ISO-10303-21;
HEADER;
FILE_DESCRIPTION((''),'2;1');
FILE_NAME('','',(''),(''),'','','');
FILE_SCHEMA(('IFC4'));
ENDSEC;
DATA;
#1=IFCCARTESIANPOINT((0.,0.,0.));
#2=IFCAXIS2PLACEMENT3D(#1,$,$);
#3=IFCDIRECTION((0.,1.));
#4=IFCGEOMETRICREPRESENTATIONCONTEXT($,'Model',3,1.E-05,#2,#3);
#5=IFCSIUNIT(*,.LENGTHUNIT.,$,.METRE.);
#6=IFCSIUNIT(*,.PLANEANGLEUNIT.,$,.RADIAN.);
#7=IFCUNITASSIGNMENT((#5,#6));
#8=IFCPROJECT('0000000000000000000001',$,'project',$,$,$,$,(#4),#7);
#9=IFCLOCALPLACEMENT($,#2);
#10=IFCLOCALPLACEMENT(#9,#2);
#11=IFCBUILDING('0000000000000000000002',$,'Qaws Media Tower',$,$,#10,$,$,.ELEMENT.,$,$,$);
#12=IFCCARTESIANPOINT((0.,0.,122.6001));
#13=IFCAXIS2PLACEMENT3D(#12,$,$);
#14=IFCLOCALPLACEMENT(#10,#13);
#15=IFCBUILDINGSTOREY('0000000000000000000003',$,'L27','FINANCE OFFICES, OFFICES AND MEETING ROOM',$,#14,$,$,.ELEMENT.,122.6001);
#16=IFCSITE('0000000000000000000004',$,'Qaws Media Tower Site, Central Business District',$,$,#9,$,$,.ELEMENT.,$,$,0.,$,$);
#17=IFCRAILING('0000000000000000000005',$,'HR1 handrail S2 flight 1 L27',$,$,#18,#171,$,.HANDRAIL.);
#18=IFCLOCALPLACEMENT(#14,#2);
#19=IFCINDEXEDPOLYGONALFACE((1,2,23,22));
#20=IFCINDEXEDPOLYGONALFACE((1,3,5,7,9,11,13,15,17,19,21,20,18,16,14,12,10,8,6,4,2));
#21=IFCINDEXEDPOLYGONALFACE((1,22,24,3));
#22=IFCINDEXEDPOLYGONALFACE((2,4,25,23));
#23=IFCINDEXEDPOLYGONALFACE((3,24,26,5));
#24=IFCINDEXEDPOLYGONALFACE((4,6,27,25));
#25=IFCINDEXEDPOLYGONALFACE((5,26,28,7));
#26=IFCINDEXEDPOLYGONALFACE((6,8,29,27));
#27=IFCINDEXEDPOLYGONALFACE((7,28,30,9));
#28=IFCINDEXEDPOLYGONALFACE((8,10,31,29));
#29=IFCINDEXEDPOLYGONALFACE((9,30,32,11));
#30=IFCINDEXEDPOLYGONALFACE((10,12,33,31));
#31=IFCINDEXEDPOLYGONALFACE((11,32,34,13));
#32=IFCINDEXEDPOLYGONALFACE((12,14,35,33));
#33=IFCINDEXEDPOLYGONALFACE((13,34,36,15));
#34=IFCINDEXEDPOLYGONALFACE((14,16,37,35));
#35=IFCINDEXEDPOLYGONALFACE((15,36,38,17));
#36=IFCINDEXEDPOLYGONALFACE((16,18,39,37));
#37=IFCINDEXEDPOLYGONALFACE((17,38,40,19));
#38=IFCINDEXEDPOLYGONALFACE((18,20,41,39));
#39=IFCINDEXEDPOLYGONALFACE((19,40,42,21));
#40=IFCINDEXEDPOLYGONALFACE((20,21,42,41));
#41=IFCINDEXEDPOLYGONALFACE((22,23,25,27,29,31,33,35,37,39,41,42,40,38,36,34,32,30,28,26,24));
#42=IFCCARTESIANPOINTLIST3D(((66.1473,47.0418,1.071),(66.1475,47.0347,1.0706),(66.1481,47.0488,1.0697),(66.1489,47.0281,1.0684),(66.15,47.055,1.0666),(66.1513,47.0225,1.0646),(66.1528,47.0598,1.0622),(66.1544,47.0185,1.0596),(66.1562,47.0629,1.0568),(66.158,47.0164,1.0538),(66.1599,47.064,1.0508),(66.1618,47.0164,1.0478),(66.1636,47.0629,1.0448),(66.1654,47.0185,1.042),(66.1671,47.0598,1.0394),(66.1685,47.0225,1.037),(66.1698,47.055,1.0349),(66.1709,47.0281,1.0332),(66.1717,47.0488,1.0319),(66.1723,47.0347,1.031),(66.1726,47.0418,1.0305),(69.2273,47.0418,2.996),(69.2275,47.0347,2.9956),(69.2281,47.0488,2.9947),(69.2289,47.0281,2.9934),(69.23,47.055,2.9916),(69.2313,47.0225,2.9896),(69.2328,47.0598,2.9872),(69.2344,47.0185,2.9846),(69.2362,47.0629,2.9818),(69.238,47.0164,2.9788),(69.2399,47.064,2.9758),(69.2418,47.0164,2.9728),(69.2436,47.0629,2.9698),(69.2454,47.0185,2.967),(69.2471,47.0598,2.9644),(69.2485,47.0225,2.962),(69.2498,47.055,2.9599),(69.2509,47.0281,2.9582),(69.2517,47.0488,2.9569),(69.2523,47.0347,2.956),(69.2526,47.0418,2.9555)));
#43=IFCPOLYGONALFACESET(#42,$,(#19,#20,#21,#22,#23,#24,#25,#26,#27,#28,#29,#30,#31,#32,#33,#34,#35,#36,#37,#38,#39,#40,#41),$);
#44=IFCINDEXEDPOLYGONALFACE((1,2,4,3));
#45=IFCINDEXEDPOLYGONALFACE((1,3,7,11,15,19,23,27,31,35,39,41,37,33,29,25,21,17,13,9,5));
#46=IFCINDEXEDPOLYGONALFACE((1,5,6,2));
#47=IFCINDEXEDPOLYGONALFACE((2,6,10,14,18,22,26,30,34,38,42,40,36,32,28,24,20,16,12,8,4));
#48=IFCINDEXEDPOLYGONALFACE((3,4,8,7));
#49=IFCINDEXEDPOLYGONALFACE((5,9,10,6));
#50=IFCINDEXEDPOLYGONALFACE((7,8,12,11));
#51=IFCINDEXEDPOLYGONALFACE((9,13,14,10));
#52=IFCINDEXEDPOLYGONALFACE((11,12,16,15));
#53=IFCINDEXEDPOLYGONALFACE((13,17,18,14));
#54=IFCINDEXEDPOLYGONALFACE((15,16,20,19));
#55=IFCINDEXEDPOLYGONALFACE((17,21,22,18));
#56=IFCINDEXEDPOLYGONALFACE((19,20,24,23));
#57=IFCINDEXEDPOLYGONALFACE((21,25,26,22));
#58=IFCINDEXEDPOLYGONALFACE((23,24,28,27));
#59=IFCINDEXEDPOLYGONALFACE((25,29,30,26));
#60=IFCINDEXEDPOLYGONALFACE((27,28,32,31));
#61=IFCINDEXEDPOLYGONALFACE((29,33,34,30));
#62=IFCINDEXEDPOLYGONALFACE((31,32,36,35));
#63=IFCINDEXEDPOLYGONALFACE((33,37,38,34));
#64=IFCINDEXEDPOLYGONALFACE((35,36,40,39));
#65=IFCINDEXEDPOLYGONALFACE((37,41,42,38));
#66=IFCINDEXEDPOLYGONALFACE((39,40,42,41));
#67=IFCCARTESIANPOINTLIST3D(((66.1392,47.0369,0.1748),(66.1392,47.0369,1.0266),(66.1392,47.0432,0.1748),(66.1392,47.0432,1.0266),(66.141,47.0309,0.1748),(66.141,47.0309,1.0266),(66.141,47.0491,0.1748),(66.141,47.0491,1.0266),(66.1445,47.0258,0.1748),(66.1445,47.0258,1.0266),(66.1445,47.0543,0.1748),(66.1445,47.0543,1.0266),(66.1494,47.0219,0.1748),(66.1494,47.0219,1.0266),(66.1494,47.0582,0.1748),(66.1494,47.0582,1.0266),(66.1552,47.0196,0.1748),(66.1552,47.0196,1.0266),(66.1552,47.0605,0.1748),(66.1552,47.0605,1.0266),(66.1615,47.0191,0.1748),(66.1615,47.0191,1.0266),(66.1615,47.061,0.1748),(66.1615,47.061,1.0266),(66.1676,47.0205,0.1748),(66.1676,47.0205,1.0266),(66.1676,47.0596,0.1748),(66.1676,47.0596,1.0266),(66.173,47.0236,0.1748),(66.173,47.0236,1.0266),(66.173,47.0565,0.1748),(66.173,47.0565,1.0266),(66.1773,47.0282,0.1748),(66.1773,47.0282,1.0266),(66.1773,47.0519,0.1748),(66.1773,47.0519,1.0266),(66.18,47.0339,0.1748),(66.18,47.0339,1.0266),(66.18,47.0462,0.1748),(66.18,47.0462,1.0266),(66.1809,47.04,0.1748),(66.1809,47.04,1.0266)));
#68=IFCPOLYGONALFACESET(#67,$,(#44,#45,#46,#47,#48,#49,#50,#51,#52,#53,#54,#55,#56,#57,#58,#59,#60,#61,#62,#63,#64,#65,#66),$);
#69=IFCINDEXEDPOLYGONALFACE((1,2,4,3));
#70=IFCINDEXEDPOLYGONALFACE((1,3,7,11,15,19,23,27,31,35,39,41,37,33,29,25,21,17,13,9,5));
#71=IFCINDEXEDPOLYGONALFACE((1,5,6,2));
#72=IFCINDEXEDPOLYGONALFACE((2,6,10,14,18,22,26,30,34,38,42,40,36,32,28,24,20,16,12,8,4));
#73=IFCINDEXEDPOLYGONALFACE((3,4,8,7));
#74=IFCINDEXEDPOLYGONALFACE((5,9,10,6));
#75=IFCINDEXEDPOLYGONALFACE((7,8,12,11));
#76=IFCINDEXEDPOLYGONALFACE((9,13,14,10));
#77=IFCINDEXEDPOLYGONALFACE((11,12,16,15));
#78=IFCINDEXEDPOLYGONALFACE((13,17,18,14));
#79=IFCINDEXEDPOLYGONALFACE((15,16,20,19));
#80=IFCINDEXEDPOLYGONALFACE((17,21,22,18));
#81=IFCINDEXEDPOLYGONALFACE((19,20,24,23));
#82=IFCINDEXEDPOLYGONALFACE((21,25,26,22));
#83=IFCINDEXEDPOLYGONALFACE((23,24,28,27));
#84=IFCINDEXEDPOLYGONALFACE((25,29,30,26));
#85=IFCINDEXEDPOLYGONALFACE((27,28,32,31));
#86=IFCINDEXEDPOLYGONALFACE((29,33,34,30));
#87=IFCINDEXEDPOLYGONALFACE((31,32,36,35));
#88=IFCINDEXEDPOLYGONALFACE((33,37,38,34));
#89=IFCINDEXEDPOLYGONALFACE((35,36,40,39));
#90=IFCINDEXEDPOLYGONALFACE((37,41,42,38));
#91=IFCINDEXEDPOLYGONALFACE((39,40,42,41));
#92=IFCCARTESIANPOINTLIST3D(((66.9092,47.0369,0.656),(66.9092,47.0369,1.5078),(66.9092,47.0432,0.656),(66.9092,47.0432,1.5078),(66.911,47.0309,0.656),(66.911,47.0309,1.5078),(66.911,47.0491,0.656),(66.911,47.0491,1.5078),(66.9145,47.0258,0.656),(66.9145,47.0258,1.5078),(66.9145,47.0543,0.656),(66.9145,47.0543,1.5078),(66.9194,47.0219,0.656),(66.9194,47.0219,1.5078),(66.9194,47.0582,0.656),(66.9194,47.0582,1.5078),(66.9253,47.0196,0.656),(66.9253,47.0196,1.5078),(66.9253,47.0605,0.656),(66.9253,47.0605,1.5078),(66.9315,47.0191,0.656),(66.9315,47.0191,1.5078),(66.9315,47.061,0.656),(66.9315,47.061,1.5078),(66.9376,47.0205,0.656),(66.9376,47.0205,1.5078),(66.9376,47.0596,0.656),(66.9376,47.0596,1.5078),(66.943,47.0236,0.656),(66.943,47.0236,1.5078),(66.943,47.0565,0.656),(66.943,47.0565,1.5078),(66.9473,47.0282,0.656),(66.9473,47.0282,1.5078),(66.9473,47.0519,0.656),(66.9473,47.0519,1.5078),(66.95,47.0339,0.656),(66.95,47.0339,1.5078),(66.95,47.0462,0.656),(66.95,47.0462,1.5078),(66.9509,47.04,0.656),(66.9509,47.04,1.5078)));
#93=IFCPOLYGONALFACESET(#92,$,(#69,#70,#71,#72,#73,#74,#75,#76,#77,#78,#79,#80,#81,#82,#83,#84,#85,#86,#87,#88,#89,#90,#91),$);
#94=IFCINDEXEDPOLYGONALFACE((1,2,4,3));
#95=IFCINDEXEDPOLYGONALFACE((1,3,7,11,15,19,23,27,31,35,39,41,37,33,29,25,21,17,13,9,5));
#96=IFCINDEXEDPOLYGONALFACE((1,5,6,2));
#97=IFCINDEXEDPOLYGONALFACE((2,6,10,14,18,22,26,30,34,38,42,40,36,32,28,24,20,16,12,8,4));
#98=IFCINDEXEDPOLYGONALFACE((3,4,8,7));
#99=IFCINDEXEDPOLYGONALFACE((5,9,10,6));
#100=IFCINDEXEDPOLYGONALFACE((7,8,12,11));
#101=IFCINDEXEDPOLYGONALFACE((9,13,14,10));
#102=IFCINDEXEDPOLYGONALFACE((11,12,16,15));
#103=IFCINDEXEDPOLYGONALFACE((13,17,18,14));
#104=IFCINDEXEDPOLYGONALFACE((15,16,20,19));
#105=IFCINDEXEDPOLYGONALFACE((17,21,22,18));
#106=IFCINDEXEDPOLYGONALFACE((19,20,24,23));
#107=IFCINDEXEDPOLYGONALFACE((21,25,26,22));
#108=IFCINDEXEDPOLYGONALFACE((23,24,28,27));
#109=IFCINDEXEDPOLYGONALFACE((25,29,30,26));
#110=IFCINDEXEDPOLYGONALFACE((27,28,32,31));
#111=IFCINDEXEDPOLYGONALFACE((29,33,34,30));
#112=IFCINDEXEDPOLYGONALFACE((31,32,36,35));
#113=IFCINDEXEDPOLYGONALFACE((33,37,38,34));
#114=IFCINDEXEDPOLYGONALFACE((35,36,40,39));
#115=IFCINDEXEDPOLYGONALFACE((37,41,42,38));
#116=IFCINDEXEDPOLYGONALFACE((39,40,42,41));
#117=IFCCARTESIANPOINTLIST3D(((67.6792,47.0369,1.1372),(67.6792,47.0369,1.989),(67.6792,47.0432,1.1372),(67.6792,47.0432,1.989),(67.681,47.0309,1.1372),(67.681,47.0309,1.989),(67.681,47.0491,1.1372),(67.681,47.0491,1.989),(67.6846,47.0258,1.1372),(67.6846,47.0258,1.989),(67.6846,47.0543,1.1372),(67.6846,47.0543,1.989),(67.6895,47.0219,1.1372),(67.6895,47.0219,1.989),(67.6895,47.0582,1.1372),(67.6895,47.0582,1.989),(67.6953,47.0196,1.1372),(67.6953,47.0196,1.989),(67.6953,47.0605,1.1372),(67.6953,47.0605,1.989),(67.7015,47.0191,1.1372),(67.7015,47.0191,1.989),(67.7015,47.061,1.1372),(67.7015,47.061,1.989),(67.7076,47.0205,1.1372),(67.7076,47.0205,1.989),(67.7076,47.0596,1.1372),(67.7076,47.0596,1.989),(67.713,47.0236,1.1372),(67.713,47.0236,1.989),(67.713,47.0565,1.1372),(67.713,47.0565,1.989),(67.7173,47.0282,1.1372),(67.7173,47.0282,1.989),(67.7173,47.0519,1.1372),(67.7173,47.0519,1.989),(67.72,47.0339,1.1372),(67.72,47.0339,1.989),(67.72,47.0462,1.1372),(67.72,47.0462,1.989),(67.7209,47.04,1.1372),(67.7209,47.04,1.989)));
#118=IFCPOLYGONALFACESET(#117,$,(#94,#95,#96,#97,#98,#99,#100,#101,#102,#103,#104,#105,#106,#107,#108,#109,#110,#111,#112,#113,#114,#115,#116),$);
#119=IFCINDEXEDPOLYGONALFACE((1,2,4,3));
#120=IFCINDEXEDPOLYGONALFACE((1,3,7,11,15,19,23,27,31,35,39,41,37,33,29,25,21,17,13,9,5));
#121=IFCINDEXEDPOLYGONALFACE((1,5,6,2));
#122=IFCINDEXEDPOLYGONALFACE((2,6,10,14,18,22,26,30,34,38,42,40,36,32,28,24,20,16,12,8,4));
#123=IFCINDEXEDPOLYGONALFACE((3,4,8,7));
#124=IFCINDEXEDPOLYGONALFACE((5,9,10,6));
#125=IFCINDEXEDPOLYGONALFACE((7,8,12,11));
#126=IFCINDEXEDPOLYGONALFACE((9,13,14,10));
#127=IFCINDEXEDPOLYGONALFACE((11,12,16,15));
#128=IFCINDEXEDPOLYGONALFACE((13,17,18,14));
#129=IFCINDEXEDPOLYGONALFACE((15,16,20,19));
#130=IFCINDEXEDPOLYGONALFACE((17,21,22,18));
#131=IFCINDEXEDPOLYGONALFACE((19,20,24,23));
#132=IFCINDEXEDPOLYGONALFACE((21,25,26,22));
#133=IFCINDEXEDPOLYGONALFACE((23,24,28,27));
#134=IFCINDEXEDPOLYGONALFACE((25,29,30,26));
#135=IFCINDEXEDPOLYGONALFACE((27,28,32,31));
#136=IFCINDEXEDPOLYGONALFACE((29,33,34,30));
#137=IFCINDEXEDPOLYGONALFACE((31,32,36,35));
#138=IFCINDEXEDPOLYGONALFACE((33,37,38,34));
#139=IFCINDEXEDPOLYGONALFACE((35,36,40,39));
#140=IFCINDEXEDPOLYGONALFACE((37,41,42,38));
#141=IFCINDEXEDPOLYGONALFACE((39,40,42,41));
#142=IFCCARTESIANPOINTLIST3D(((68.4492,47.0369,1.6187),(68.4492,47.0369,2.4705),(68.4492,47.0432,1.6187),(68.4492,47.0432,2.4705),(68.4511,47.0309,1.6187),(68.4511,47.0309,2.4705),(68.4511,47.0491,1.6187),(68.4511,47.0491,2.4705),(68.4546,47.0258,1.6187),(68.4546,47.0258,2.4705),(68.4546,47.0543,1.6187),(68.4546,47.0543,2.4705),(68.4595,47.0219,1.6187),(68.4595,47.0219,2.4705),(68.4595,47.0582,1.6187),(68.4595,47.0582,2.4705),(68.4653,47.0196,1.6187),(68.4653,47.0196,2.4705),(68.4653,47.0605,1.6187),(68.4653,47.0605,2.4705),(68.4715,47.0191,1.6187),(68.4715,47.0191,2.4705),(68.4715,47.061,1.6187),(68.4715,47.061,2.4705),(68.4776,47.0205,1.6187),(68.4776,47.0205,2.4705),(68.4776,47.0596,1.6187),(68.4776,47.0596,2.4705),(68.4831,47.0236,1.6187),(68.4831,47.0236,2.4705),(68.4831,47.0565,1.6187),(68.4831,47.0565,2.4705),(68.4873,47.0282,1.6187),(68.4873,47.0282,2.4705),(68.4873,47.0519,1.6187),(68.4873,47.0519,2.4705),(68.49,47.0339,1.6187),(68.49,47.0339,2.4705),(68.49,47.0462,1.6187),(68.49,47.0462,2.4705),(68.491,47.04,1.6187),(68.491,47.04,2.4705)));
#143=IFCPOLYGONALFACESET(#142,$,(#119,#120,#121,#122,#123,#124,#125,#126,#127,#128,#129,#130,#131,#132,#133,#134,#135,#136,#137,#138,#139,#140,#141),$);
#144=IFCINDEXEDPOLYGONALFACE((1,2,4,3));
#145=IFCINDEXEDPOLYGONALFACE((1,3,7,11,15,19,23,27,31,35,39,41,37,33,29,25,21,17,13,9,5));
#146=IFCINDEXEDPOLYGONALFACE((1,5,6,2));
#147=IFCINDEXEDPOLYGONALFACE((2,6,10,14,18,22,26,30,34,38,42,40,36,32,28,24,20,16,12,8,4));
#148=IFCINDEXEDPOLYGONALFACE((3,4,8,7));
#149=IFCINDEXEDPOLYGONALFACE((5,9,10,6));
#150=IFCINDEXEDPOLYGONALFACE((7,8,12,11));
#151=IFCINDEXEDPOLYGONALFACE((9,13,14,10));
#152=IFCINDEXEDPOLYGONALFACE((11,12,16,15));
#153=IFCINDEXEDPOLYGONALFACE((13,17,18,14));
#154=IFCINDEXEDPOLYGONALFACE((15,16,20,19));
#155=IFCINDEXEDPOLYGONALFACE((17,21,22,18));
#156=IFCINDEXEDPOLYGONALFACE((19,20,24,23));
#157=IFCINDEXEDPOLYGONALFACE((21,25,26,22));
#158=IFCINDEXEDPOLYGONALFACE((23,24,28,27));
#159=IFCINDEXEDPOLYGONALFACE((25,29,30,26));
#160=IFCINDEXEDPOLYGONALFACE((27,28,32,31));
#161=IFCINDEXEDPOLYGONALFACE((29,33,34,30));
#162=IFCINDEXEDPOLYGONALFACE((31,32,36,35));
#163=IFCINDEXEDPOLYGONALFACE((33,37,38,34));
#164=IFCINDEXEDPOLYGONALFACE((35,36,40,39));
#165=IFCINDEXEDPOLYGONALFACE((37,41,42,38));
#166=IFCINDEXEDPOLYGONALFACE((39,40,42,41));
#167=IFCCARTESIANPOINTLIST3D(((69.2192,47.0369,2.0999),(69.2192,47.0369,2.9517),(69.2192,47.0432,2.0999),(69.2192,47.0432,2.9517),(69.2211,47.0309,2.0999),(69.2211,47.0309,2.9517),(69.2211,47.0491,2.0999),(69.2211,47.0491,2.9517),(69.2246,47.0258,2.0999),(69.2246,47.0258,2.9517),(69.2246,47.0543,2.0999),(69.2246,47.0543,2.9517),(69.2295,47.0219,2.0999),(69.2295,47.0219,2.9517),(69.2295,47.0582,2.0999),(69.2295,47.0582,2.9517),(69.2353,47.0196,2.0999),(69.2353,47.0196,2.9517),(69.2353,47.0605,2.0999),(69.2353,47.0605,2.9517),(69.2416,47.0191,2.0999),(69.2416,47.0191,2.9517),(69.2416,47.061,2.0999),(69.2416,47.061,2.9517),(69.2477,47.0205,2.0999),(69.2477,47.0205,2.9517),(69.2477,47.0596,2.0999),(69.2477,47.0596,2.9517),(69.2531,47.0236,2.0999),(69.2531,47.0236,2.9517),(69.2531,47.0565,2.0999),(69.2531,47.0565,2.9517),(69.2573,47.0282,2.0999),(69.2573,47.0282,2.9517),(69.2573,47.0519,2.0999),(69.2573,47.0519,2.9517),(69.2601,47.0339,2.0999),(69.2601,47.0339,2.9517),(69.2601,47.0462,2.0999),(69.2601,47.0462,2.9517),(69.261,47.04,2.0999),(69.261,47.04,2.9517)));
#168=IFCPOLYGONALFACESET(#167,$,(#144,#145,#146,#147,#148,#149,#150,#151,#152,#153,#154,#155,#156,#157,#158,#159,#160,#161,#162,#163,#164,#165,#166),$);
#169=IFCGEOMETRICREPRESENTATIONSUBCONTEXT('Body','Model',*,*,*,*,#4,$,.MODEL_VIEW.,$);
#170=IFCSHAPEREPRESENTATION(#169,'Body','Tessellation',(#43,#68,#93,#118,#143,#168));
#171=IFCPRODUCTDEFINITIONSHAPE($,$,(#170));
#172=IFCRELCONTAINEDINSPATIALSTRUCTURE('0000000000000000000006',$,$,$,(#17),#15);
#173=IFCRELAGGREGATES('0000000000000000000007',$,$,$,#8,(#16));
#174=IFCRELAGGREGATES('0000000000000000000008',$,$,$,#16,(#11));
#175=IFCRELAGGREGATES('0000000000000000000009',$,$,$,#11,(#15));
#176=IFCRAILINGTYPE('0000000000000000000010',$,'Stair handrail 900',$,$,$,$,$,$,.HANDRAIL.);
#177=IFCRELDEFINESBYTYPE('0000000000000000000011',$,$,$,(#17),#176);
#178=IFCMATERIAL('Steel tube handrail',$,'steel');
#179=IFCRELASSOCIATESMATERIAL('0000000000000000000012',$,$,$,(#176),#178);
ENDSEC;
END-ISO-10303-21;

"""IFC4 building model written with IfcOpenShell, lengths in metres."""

from ifc_helpers import new_model, si_unit, direction, frame, origin, origin_2d, place, context, subcontext, project, spatial, circle, extrude, material, type_object, element, save


model = new_model("IFC4")

# Units and contexts
model_context = context("Model", 3, precision=1e-05, world=origin(), true_north=direction((0.0, 1.0)))
body_context = subcontext(model_context, "Body", "Model", "MODEL_VIEW")
ifc_project = project(units=[si_unit("LENGTHUNIT", "METRE"), si_unit("PLANEANGLEUNIT", "RADIAN")], contexts=[model_context])

# Site, building, storey
site_placement = place(None, origin())
site = spatial("IfcSite", under=ifc_project, at=site_placement, Name="Qaws Media Tower Site, Central Business District", CompositionType="ELEMENT", RefElevation=0.0)
building_placement = place(site_placement, origin())
building = spatial("IfcBuilding", under=site, at=building_placement, Name="Qaws Media Tower", CompositionType="ELEMENT")
storey_placement = place(building_placement, frame((0.0, 0.0, 122.6001)))
storey = spatial("IfcBuildingStorey", under=building, at=storey_placement, Name="L27", Description="FINANCE OFFICES, OFFICES AND MEETING ROOM", CompositionType="ELEMENT", Elevation=122.6001)

# Railing
ifc_material_1 = material(Name="Steel tube handrail", Category="steel")
railing_type = type_object("IfcRailingType", Name="Stair handrail 900", PredefinedType="HANDRAIL", material=ifc_material_1)
for number, where, name in (
    (1, (66.1599, 47.04, 0.1748), "HR1 handrail S2 flight 1 L27"),
):
    element("IfcRailing", number, at=place(storey_placement, frame(where)), inside=storey, type_object=railing_type, Name=name, PredefinedType="HANDRAIL", context=body_context, shape_type="SweptSolid", body=[
        extrude(circle(Radius=0.0239, at=origin_2d()), frame((0.0, 0.0, 0.876), z_axis=(0.847998, 0.0, 0.529999), x_axis=(0.0, 1.0, 0.0)), (0.0, 0.0, 1.0), 3.6321),
        extrude(circle(Radius=0.021, at=origin_2d()), origin(), (0.0, 0.0, 1.0), 0.8518),
        extrude(circle(Radius=0.021, at=origin_2d()), frame((0.77, 0.0, 0.4812)), (0.0, 0.0, 1.0), 0.8518),
        extrude(circle(Radius=0.021, at=origin_2d()), frame((1.54, 0.0, 0.9624)), (0.0, 0.0, 1.0), 0.8518),
        extrude(circle(Radius=0.021, at=origin_2d()), frame((2.3101, 0.0, 1.4438)), (0.0, 0.0, 1.0), 0.8518),
        extrude(circle(Radius=0.021, at=origin_2d()), frame((3.0801, 0.0, 1.925)), (0.0, 0.0, 1.0), 0.8518),
    ])

save(model, "model.ifc")
